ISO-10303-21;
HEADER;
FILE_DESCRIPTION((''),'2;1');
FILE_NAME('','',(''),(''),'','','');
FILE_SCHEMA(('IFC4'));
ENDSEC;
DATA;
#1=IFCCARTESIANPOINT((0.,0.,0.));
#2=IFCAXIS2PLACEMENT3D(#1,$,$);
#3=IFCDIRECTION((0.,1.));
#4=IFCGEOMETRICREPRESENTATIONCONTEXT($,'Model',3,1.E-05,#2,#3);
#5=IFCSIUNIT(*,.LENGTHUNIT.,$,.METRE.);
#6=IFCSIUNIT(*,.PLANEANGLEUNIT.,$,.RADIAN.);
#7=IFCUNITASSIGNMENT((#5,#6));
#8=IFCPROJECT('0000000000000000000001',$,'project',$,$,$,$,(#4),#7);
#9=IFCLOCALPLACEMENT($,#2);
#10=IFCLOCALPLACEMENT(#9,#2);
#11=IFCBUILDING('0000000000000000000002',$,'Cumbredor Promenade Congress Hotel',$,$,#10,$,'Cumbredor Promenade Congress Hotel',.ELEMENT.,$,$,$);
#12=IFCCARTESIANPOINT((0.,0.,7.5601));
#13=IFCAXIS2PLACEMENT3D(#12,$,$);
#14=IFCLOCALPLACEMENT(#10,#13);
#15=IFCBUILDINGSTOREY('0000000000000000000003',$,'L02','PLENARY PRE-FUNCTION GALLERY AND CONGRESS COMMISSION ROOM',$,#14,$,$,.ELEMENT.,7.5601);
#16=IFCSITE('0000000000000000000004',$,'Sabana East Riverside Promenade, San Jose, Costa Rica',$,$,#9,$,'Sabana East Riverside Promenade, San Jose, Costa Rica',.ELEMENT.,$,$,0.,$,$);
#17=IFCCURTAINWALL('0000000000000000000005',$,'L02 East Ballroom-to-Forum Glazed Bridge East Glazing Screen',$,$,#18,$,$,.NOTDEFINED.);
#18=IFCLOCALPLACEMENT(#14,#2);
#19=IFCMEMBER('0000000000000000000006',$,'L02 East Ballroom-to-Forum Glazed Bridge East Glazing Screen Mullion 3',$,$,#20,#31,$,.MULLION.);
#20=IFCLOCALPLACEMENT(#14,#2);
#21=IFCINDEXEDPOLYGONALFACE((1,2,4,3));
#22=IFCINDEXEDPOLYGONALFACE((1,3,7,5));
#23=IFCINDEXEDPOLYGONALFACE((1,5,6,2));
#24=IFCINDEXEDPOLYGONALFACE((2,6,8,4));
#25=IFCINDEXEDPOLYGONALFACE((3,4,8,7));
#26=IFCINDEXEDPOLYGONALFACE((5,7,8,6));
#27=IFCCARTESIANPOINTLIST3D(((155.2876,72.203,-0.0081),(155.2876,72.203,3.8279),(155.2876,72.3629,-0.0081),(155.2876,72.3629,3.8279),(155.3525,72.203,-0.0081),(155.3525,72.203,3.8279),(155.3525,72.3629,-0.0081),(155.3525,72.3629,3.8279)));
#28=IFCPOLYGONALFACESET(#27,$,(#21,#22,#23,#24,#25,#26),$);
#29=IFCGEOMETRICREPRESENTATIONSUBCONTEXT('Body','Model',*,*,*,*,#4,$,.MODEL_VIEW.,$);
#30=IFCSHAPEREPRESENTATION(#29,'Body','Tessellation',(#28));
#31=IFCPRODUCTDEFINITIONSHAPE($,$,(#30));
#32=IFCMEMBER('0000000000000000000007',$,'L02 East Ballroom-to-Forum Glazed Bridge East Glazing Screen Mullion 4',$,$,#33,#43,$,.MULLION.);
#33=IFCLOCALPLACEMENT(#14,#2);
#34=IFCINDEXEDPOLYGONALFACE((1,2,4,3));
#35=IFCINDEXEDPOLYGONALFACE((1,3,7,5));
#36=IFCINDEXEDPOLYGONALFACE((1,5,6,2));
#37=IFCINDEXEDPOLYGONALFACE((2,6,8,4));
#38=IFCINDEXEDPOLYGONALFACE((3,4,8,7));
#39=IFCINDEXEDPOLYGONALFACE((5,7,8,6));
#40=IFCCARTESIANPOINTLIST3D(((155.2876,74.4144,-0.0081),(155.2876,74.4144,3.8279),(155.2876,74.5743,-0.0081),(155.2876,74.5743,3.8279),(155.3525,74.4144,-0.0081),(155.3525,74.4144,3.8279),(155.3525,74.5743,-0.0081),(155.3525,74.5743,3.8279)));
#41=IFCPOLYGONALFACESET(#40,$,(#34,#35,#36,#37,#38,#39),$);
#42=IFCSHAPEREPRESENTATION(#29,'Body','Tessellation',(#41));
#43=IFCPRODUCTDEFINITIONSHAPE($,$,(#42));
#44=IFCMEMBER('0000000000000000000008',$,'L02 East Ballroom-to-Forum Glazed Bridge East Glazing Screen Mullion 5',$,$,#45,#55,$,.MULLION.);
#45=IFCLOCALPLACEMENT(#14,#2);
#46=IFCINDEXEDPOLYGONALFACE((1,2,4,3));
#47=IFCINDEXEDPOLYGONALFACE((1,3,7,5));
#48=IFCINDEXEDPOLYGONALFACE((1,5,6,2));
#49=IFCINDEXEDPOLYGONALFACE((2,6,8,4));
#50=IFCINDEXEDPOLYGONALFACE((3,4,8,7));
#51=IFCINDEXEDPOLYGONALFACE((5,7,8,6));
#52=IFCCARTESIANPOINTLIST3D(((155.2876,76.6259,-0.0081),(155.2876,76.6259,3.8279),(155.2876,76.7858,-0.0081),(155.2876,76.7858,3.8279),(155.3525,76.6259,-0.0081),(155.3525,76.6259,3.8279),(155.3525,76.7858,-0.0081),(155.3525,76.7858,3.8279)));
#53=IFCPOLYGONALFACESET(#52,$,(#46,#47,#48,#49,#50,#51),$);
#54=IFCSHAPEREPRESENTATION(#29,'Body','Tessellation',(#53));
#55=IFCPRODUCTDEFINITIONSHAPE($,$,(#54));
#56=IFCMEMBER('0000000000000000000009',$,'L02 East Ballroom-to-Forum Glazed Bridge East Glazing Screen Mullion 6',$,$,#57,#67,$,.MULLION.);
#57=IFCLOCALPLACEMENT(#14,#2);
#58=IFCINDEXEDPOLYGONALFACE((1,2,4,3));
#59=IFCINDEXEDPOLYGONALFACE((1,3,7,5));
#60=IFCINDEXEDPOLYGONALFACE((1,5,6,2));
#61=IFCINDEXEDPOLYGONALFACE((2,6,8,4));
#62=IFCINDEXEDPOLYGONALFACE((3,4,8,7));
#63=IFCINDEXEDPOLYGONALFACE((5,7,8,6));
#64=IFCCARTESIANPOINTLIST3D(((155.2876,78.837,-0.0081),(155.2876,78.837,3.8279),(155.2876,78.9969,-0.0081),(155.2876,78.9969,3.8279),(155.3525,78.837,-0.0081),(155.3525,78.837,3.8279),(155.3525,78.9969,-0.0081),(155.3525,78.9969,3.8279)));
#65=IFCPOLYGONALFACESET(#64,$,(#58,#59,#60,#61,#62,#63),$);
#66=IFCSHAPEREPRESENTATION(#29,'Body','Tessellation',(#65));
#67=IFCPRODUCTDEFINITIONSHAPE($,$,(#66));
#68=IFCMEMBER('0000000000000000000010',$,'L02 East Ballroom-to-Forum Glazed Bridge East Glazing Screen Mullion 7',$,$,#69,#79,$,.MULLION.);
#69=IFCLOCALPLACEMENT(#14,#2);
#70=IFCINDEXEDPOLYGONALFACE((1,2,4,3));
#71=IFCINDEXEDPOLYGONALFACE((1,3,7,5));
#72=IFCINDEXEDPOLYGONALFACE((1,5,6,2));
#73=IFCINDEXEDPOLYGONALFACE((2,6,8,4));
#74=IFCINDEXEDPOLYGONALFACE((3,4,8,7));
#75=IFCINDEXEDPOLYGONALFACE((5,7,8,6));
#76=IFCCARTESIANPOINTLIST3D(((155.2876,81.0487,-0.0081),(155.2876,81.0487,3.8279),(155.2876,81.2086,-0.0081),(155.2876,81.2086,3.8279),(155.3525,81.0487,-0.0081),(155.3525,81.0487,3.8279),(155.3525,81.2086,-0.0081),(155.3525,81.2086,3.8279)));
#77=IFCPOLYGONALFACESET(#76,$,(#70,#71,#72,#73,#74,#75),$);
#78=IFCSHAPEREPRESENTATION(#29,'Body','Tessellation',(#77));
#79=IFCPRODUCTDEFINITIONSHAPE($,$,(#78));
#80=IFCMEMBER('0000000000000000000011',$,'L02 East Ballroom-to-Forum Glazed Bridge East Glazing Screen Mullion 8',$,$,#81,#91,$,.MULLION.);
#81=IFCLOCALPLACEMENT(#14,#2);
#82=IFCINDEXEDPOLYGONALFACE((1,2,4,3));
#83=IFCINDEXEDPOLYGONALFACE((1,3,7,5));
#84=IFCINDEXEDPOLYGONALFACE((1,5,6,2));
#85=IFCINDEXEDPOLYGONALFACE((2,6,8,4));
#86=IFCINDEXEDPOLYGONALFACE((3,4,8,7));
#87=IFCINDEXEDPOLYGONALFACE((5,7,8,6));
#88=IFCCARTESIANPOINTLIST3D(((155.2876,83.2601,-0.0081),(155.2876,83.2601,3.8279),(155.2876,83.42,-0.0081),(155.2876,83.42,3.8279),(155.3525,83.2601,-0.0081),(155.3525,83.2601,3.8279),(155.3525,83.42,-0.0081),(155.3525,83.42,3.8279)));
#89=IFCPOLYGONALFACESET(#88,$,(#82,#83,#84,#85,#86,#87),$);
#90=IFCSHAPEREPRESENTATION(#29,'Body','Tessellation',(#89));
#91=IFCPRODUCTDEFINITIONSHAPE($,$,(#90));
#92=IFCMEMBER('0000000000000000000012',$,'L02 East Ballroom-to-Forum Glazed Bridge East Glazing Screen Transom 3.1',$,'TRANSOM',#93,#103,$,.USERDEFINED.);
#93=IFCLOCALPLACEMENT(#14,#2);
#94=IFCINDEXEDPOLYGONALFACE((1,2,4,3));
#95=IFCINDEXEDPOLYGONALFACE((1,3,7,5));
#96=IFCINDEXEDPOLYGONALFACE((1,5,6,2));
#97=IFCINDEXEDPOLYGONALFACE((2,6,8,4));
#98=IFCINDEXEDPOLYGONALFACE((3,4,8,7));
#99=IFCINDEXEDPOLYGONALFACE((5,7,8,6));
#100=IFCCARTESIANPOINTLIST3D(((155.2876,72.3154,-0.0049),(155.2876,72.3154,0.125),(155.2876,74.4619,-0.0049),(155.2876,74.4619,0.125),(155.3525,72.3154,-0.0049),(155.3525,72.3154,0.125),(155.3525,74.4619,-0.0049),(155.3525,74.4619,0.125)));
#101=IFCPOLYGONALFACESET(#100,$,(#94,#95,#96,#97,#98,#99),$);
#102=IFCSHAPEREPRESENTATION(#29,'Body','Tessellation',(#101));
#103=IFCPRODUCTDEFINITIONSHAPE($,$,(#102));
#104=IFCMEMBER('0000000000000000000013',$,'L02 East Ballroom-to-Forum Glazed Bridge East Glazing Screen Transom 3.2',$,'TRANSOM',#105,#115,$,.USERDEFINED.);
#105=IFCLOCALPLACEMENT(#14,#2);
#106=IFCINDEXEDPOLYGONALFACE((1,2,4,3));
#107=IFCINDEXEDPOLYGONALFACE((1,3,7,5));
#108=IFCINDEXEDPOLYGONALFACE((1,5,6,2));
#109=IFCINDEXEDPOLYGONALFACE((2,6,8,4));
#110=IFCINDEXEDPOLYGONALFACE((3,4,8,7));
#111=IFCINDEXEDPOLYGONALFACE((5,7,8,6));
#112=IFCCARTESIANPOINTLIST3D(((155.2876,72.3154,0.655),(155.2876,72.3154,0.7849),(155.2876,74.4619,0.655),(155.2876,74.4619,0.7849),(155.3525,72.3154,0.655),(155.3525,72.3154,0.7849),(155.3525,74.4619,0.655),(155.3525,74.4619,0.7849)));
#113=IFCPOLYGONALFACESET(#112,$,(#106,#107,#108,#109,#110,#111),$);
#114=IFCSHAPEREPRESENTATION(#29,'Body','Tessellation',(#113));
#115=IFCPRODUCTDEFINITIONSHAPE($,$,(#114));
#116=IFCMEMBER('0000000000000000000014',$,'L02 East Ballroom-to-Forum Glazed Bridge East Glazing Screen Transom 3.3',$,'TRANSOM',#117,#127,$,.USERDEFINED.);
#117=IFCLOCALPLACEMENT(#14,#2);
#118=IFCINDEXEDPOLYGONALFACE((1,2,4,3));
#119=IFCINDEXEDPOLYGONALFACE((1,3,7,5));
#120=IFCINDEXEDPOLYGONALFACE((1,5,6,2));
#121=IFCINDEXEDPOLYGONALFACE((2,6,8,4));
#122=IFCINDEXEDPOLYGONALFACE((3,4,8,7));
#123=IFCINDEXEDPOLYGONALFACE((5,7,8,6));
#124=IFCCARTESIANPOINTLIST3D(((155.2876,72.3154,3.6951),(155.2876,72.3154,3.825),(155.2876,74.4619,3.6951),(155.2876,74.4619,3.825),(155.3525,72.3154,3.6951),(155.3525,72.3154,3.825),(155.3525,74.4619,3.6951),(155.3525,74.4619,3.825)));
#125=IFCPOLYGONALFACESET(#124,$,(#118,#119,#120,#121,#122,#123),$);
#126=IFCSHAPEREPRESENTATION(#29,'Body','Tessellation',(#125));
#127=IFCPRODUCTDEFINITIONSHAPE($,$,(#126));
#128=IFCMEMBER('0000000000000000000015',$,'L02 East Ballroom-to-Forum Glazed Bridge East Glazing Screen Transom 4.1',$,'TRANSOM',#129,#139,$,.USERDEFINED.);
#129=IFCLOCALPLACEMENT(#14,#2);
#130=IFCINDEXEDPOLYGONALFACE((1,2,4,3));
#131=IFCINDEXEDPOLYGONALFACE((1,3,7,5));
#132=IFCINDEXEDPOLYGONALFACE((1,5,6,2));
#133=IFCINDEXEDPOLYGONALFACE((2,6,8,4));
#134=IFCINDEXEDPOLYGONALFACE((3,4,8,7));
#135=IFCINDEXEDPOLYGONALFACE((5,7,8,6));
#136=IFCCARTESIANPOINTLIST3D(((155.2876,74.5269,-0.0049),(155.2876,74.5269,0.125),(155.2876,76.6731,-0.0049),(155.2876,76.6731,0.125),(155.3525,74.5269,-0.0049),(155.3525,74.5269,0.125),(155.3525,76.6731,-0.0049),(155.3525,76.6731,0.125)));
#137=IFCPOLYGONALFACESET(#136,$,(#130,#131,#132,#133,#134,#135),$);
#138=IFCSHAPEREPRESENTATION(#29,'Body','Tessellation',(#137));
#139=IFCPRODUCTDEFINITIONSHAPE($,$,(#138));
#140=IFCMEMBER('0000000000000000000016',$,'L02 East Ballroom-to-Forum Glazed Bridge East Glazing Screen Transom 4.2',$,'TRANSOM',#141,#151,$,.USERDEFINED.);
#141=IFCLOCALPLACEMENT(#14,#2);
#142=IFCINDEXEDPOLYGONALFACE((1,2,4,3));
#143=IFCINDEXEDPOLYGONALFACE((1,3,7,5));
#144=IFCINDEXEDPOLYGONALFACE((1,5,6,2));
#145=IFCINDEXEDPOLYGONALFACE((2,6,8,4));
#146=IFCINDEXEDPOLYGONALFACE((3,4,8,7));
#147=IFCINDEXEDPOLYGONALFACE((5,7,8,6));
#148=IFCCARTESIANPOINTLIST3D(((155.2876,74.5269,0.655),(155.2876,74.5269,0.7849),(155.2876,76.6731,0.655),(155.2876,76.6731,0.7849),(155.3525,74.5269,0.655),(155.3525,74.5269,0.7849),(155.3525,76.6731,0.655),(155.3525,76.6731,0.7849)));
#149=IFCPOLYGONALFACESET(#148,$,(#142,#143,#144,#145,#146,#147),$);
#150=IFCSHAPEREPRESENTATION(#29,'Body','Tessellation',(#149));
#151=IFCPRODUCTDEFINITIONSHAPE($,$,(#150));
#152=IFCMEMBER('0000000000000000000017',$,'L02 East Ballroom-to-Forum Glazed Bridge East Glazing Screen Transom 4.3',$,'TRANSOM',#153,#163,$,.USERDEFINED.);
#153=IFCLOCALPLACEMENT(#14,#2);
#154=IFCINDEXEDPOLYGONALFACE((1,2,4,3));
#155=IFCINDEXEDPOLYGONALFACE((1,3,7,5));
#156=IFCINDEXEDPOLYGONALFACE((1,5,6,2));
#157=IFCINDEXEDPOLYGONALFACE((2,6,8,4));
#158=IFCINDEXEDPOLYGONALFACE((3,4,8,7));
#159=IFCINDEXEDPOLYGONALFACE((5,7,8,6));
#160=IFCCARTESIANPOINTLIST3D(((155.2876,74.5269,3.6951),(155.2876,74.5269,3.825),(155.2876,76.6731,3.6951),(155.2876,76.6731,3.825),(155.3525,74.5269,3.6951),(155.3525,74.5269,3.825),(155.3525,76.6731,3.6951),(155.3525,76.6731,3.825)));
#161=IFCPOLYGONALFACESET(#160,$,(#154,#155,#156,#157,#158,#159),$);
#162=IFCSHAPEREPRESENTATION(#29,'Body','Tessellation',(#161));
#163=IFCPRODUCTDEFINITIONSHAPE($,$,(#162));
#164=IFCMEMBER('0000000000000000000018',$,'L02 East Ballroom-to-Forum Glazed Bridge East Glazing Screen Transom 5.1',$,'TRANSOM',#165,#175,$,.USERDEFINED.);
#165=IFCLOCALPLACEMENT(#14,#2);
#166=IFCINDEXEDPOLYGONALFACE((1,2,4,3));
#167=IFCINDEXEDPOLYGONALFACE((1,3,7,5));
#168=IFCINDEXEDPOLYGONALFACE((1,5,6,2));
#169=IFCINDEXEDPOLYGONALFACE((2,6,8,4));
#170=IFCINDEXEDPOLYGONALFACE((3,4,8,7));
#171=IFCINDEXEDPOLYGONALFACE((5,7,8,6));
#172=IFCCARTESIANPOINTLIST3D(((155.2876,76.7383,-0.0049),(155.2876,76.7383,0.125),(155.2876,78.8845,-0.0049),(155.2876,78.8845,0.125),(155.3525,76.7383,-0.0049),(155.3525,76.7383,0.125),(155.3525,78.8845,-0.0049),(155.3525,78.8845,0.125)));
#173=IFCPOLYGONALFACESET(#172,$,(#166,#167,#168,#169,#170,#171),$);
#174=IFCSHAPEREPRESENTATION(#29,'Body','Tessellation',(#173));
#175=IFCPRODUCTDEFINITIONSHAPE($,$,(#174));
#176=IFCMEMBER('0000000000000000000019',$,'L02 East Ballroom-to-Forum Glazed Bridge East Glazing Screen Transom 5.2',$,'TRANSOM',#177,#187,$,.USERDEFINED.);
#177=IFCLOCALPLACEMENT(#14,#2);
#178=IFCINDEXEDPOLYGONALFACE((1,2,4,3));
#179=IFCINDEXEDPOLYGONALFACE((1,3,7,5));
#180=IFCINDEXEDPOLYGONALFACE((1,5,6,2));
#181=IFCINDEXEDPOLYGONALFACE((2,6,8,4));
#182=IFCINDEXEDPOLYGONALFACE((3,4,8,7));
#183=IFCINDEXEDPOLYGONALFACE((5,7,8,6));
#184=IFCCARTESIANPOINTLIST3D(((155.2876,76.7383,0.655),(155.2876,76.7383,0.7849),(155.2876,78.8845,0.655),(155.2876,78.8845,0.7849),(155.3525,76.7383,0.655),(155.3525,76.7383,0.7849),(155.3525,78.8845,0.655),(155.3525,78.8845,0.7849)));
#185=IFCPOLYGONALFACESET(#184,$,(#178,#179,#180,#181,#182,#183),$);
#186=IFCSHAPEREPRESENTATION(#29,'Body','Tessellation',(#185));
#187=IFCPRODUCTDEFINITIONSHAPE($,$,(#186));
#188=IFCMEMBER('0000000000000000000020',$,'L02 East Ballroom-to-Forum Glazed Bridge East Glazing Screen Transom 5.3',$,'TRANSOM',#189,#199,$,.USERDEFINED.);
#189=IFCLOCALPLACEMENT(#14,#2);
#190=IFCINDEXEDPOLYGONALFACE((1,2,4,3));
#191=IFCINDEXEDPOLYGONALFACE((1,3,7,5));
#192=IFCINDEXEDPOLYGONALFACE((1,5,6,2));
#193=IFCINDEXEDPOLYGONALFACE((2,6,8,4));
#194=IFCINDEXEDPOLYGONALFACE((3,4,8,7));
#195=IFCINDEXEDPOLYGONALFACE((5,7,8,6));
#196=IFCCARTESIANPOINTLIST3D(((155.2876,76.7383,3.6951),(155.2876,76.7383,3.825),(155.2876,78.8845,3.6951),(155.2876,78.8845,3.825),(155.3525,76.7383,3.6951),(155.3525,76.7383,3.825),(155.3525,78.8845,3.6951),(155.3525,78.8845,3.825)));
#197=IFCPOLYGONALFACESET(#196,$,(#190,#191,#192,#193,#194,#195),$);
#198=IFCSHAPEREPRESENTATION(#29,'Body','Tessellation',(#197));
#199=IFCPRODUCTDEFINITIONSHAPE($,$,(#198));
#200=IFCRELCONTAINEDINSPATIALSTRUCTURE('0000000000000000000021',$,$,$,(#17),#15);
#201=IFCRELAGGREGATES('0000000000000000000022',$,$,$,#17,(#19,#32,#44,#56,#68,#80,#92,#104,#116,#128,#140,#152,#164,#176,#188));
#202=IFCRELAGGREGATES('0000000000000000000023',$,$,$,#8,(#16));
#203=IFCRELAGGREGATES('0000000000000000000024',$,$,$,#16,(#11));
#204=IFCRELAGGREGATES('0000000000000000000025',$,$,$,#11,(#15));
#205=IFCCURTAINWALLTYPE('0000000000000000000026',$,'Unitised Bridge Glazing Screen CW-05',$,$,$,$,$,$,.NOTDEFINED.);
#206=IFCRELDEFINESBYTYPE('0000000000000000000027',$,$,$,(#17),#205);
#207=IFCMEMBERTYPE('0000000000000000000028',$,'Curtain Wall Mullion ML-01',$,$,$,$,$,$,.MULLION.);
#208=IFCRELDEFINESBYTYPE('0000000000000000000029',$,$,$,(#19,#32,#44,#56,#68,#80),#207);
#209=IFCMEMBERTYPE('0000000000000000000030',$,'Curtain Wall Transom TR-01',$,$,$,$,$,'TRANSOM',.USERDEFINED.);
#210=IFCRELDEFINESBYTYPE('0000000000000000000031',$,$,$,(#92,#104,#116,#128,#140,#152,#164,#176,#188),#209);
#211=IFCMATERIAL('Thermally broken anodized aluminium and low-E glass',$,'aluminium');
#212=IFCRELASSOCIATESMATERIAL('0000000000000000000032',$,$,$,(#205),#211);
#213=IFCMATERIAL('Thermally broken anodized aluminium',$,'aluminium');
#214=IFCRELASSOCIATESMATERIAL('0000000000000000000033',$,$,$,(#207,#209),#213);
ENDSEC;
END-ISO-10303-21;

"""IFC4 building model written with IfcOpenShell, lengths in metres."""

from ifc_helpers import new_model, si_unit, direction, frame, origin, origin_2d, place, context, subcontext, project, spatial, rectangle, extrude, material, material_profile, profile_set, type_object, element, aggregate, save


model = new_model("IFC4")

# Units and contexts
model_context = context("Model", 3, precision=1e-05, world=origin(), true_north=direction((0.0, 1.0)))
body_context = subcontext(model_context, "Body", "Model", "MODEL_VIEW")
ifc_project = project(units=[si_unit("LENGTHUNIT", "METRE"), si_unit("PLANEANGLEUNIT", "RADIAN")], contexts=[model_context])

# Site, building, storey
site_placement = place(None, origin())
site = spatial("IfcSite", under=ifc_project, at=site_placement, Name="Sabana East Riverside Promenade, San Jose, Costa Rica", LongName="Sabana East Riverside Promenade, San Jose, Costa Rica", CompositionType="ELEMENT", RefElevation=0.0)
building_placement = place(site_placement, origin())
building = spatial("IfcBuilding", under=site, at=building_placement, Name="Cumbredor Promenade Congress Hotel", LongName="Cumbredor Promenade Congress Hotel", CompositionType="ELEMENT")
storey_placement = place(building_placement, frame((0.0, 0.0, 7.5601)))
storey = spatial("IfcBuildingStorey", under=building, at=storey_placement, Name="L02", Description="PLENARY PRE-FUNCTION GALLERY AND CONGRESS COMMISSION ROOM", CompositionType="ELEMENT", Elevation=7.5601)

# Curtain wall, members
ifc_material_1 = material(Name="Thermally broken anodized aluminium and low-E glass", Category="aluminium")
curtain_wall_type = type_object("IfcCurtainWallType", Name="Unitised Bridge Glazing Screen CW-05", PredefinedType="NOTDEFINED", material=ifc_material_1)
curtain_wall_placement = place(storey_placement, origin())
curtain_wall = element("IfcCurtainWall", 1, at=curtain_wall_placement, inside=storey, type_object=curtain_wall_type, Name="L02 East Ballroom-to-Forum Glazed Bridge East Glazing Screen", PredefinedType="NOTDEFINED")
ifc_material_2 = material(Name="Thermally broken anodized aluminium", Category="aluminium")
ifc_material_profile_1 = material_profile(ifc_material_2, rectangle(XDim=0.0649, YDim=0.1599, at=origin_2d()), Name="ALU MULLION 65x160")
ifc_profile_set_1 = profile_set([ifc_material_profile_1], Name="Thermally broken anodized aluminium")
member_type_1 = type_object("IfcMemberType", Name="Curtain Wall Mullion ML-01", PredefinedType="MULLION", material=ifc_profile_set_1)
member_1_placement = place(storey_placement, frame((155.3201, 72.283, -0.0081), z_axis=(0.0, 0.0, 1.0), x_axis=(1.0, 0.0, 0.0)))
member_1 = element("IfcMember", 2, at=member_1_placement, type_object=member_type_1, Name="L02 East Ballroom-to-Forum Glazed Bridge East Glazing Screen Mullion 3", PredefinedType="MULLION", context=body_context, shape_type="SweptSolid", body=[
    extrude(rectangle(XDim=0.0649, YDim=0.1599, at=origin_2d()), origin(), (0.0, 0.0, 1.0), 3.8359),
])
member_2_placement = place(storey_placement, frame((155.3201, 74.4944, -0.0081), z_axis=(0.0, 0.0, 1.0), x_axis=(1.0, 0.0, 0.0)))
member_2 = element("IfcMember", 3, at=member_2_placement, type_object=member_type_1, Name="L02 East Ballroom-to-Forum Glazed Bridge East Glazing Screen Mullion 4", PredefinedType="MULLION", context=body_context, shape_type="SweptSolid", body=[
    extrude(rectangle(XDim=0.0649, YDim=0.1599, at=origin_2d()), origin(), (0.0, 0.0, 1.0), 3.8359),
])
member_3_placement = place(storey_placement, frame((155.3201, 76.7058, -0.0081), z_axis=(0.0, 0.0, 1.0), x_axis=(1.0, 0.0, 0.0)))
member_3 = element("IfcMember", 4, at=member_3_placement, type_object=member_type_1, Name="L02 East Ballroom-to-Forum Glazed Bridge East Glazing Screen Mullion 5", PredefinedType="MULLION", context=body_context, shape_type="SweptSolid", body=[
    extrude(rectangle(XDim=0.0649, YDim=0.1599, at=origin_2d()), origin(), (0.0, 0.0, 1.0), 3.8359),
])
member_4_placement = place(storey_placement, frame((155.3201, 78.917, -0.0081), z_axis=(0.0, 0.0, 1.0), x_axis=(1.0, 0.0, 0.0)))
member_4 = element("IfcMember", 5, at=member_4_placement, type_object=member_type_1, Name="L02 East Ballroom-to-Forum Glazed Bridge East Glazing Screen Mullion 6", PredefinedType="MULLION", context=body_context, shape_type="SweptSolid", body=[
    extrude(rectangle(XDim=0.0649, YDim=0.1599, at=origin_2d()), origin(), (0.0, 0.0, 1.0), 3.8359),
])
member_5_placement = place(storey_placement, frame((155.3201, 81.1287, -0.0081), z_axis=(0.0, 0.0, 1.0), x_axis=(1.0, 0.0, 0.0)))
member_5 = element("IfcMember", 6, at=member_5_placement, type_object=member_type_1, Name="L02 East Ballroom-to-Forum Glazed Bridge East Glazing Screen Mullion 7", PredefinedType="MULLION", context=body_context, shape_type="SweptSolid", body=[
    extrude(rectangle(XDim=0.0649, YDim=0.1599, at=origin_2d()), origin(), (0.0, 0.0, 1.0), 3.8359),
])
member_6_placement = place(storey_placement, frame((155.3201, 83.3401, -0.0081), z_axis=(0.0, 0.0, 1.0), x_axis=(1.0, 0.0, 0.0)))
member_6 = element("IfcMember", 7, at=member_6_placement, type_object=member_type_1, Name="L02 East Ballroom-to-Forum Glazed Bridge East Glazing Screen Mullion 8", PredefinedType="MULLION", context=body_context, shape_type="SweptSolid", body=[
    extrude(rectangle(XDim=0.0649, YDim=0.1599, at=origin_2d()), origin(), (0.0, 0.0, 1.0), 3.8359),
])
ifc_material_profile_2 = material_profile(ifc_material_2, rectangle(XDim=0.0649, YDim=0.1299, at=origin_2d()), Name="ALU TRANSOM 65x130")
ifc_profile_set_2 = profile_set([ifc_material_profile_2], Name="Thermally broken anodized aluminium")
member_type_2 = type_object("IfcMemberType", Name="Curtain Wall Transom TR-01", ElementType="TRANSOM", PredefinedType="USERDEFINED", material=ifc_profile_set_2)
member_7_placement = place(storey_placement, frame((155.3201, 72.3154, 0.0601), z_axis=(0.0, 1.0, 0.0), x_axis=(-1.0, 0.0, 0.0)))
member_7 = element("IfcMember", 8, at=member_7_placement, type_object=member_type_2, Name="L02 East Ballroom-to-Forum Glazed Bridge East Glazing Screen Transom 3.1", ObjectType="TRANSOM", PredefinedType="USERDEFINED", context=body_context, shape_type="SweptSolid", body=[
    extrude(rectangle(XDim=0.0649, YDim=0.1299, at=origin_2d()), origin(), (0.0, 0.0, 1.0), 2.1465),
])
member_8_placement = place(storey_placement, frame((155.3201, 72.3154, 0.72), z_axis=(0.0, 1.0, 0.0), x_axis=(-1.0, 0.0, 0.0)))
member_8 = element("IfcMember", 9, at=member_8_placement, type_object=member_type_2, Name="L02 East Ballroom-to-Forum Glazed Bridge East Glazing Screen Transom 3.2", ObjectType="TRANSOM", PredefinedType="USERDEFINED", context=body_context, shape_type="SweptSolid", body=[
    extrude(rectangle(XDim=0.0649, YDim=0.1299, at=origin_2d()), origin(), (0.0, 0.0, 1.0), 2.1465),
])
member_9_placement = place(storey_placement, frame((155.3201, 72.3154, 3.76), z_axis=(0.0, 1.0, 0.0), x_axis=(-1.0, 0.0, 0.0)))
member_9 = element("IfcMember", 10, at=member_9_placement, type_object=member_type_2, Name="L02 East Ballroom-to-Forum Glazed Bridge East Glazing Screen Transom 3.3", ObjectType="TRANSOM", PredefinedType="USERDEFINED", context=body_context, shape_type="SweptSolid", body=[
    extrude(rectangle(XDim=0.0649, YDim=0.1299, at=origin_2d()), origin(), (0.0, 0.0, 1.0), 2.1465),
])
member_10_placement = place(storey_placement, frame((155.3201, 74.5269, 0.0601), z_axis=(0.0, 1.0, 0.0), x_axis=(-1.0, 0.0, 0.0)))
member_10 = element("IfcMember", 11, at=member_10_placement, type_object=member_type_2, Name="L02 East Ballroom-to-Forum Glazed Bridge East Glazing Screen Transom 4.1", ObjectType="TRANSOM", PredefinedType="USERDEFINED", context=body_context, shape_type="SweptSolid", body=[
    extrude(rectangle(XDim=0.0649, YDim=0.1299, at=origin_2d()), origin(), (0.0, 0.0, 1.0), 2.1462),
])
member_11_placement = place(storey_placement, frame((155.3201, 74.5269, 0.72), z_axis=(0.0, 1.0, 0.0), x_axis=(-1.0, 0.0, 0.0)))
member_11 = element("IfcMember", 12, at=member_11_placement, type_object=member_type_2, Name="L02 East Ballroom-to-Forum Glazed Bridge East Glazing Screen Transom 4.2", ObjectType="TRANSOM", PredefinedType="USERDEFINED", context=body_context, shape_type="SweptSolid", body=[
    extrude(rectangle(XDim=0.0649, YDim=0.1299, at=origin_2d()), origin(), (0.0, 0.0, 1.0), 2.1462),
])
member_12_placement = place(storey_placement, frame((155.3201, 74.5269, 3.76), z_axis=(0.0, 1.0, 0.0), x_axis=(-1.0, 0.0, 0.0)))
member_12 = element("IfcMember", 13, at=member_12_placement, type_object=member_type_2, Name="L02 East Ballroom-to-Forum Glazed Bridge East Glazing Screen Transom 4.3", ObjectType="TRANSOM", PredefinedType="USERDEFINED", context=body_context, shape_type="SweptSolid", body=[
    extrude(rectangle(XDim=0.0649, YDim=0.1299, at=origin_2d()), origin(), (0.0, 0.0, 1.0), 2.1462),
])
member_13_placement = place(storey_placement, frame((155.3201, 76.7383, 0.0601), z_axis=(0.0, 1.0, 0.0), x_axis=(-1.0, 0.0, 0.0)))
member_13 = element("IfcMember", 14, at=member_13_placement, type_object=member_type_2, Name="L02 East Ballroom-to-Forum Glazed Bridge East Glazing Screen Transom 5.1", ObjectType="TRANSOM", PredefinedType="USERDEFINED", context=body_context, shape_type="SweptSolid", body=[
    extrude(rectangle(XDim=0.0649, YDim=0.1299, at=origin_2d()), origin(), (0.0, 0.0, 1.0), 2.1462),
])
member_14_placement = place(storey_placement, frame((155.3201, 76.7383, 0.72), z_axis=(0.0, 1.0, 0.0), x_axis=(-1.0, 0.0, 0.0)))
member_14 = element("IfcMember", 15, at=member_14_placement, type_object=member_type_2, Name="L02 East Ballroom-to-Forum Glazed Bridge East Glazing Screen Transom 5.2", ObjectType="TRANSOM", PredefinedType="USERDEFINED", context=body_context, shape_type="SweptSolid", body=[
    extrude(rectangle(XDim=0.0649, YDim=0.1299, at=origin_2d()), origin(), (0.0, 0.0, 1.0), 2.1462),
])
member_15_placement = place(storey_placement, frame((155.3201, 76.7383, 3.76), z_axis=(0.0, 1.0, 0.0), x_axis=(-1.0, 0.0, 0.0)))
member_15 = element("IfcMember", 16, at=member_15_placement, type_object=member_type_2, Name="L02 East Ballroom-to-Forum Glazed Bridge East Glazing Screen Transom 5.3", ObjectType="TRANSOM", PredefinedType="USERDEFINED", context=body_context, shape_type="SweptSolid", body=[
    extrude(rectangle(XDim=0.0649, YDim=0.1299, at=origin_2d()), origin(), (0.0, 0.0, 1.0), 2.1462),
])
aggregate(curtain_wall, [member_1, member_2, member_3, member_4, member_5, member_6, member_7, member_8, member_9, member_10, member_11, member_12, member_13, member_14, member_15])

save(model, "model.ifc")
